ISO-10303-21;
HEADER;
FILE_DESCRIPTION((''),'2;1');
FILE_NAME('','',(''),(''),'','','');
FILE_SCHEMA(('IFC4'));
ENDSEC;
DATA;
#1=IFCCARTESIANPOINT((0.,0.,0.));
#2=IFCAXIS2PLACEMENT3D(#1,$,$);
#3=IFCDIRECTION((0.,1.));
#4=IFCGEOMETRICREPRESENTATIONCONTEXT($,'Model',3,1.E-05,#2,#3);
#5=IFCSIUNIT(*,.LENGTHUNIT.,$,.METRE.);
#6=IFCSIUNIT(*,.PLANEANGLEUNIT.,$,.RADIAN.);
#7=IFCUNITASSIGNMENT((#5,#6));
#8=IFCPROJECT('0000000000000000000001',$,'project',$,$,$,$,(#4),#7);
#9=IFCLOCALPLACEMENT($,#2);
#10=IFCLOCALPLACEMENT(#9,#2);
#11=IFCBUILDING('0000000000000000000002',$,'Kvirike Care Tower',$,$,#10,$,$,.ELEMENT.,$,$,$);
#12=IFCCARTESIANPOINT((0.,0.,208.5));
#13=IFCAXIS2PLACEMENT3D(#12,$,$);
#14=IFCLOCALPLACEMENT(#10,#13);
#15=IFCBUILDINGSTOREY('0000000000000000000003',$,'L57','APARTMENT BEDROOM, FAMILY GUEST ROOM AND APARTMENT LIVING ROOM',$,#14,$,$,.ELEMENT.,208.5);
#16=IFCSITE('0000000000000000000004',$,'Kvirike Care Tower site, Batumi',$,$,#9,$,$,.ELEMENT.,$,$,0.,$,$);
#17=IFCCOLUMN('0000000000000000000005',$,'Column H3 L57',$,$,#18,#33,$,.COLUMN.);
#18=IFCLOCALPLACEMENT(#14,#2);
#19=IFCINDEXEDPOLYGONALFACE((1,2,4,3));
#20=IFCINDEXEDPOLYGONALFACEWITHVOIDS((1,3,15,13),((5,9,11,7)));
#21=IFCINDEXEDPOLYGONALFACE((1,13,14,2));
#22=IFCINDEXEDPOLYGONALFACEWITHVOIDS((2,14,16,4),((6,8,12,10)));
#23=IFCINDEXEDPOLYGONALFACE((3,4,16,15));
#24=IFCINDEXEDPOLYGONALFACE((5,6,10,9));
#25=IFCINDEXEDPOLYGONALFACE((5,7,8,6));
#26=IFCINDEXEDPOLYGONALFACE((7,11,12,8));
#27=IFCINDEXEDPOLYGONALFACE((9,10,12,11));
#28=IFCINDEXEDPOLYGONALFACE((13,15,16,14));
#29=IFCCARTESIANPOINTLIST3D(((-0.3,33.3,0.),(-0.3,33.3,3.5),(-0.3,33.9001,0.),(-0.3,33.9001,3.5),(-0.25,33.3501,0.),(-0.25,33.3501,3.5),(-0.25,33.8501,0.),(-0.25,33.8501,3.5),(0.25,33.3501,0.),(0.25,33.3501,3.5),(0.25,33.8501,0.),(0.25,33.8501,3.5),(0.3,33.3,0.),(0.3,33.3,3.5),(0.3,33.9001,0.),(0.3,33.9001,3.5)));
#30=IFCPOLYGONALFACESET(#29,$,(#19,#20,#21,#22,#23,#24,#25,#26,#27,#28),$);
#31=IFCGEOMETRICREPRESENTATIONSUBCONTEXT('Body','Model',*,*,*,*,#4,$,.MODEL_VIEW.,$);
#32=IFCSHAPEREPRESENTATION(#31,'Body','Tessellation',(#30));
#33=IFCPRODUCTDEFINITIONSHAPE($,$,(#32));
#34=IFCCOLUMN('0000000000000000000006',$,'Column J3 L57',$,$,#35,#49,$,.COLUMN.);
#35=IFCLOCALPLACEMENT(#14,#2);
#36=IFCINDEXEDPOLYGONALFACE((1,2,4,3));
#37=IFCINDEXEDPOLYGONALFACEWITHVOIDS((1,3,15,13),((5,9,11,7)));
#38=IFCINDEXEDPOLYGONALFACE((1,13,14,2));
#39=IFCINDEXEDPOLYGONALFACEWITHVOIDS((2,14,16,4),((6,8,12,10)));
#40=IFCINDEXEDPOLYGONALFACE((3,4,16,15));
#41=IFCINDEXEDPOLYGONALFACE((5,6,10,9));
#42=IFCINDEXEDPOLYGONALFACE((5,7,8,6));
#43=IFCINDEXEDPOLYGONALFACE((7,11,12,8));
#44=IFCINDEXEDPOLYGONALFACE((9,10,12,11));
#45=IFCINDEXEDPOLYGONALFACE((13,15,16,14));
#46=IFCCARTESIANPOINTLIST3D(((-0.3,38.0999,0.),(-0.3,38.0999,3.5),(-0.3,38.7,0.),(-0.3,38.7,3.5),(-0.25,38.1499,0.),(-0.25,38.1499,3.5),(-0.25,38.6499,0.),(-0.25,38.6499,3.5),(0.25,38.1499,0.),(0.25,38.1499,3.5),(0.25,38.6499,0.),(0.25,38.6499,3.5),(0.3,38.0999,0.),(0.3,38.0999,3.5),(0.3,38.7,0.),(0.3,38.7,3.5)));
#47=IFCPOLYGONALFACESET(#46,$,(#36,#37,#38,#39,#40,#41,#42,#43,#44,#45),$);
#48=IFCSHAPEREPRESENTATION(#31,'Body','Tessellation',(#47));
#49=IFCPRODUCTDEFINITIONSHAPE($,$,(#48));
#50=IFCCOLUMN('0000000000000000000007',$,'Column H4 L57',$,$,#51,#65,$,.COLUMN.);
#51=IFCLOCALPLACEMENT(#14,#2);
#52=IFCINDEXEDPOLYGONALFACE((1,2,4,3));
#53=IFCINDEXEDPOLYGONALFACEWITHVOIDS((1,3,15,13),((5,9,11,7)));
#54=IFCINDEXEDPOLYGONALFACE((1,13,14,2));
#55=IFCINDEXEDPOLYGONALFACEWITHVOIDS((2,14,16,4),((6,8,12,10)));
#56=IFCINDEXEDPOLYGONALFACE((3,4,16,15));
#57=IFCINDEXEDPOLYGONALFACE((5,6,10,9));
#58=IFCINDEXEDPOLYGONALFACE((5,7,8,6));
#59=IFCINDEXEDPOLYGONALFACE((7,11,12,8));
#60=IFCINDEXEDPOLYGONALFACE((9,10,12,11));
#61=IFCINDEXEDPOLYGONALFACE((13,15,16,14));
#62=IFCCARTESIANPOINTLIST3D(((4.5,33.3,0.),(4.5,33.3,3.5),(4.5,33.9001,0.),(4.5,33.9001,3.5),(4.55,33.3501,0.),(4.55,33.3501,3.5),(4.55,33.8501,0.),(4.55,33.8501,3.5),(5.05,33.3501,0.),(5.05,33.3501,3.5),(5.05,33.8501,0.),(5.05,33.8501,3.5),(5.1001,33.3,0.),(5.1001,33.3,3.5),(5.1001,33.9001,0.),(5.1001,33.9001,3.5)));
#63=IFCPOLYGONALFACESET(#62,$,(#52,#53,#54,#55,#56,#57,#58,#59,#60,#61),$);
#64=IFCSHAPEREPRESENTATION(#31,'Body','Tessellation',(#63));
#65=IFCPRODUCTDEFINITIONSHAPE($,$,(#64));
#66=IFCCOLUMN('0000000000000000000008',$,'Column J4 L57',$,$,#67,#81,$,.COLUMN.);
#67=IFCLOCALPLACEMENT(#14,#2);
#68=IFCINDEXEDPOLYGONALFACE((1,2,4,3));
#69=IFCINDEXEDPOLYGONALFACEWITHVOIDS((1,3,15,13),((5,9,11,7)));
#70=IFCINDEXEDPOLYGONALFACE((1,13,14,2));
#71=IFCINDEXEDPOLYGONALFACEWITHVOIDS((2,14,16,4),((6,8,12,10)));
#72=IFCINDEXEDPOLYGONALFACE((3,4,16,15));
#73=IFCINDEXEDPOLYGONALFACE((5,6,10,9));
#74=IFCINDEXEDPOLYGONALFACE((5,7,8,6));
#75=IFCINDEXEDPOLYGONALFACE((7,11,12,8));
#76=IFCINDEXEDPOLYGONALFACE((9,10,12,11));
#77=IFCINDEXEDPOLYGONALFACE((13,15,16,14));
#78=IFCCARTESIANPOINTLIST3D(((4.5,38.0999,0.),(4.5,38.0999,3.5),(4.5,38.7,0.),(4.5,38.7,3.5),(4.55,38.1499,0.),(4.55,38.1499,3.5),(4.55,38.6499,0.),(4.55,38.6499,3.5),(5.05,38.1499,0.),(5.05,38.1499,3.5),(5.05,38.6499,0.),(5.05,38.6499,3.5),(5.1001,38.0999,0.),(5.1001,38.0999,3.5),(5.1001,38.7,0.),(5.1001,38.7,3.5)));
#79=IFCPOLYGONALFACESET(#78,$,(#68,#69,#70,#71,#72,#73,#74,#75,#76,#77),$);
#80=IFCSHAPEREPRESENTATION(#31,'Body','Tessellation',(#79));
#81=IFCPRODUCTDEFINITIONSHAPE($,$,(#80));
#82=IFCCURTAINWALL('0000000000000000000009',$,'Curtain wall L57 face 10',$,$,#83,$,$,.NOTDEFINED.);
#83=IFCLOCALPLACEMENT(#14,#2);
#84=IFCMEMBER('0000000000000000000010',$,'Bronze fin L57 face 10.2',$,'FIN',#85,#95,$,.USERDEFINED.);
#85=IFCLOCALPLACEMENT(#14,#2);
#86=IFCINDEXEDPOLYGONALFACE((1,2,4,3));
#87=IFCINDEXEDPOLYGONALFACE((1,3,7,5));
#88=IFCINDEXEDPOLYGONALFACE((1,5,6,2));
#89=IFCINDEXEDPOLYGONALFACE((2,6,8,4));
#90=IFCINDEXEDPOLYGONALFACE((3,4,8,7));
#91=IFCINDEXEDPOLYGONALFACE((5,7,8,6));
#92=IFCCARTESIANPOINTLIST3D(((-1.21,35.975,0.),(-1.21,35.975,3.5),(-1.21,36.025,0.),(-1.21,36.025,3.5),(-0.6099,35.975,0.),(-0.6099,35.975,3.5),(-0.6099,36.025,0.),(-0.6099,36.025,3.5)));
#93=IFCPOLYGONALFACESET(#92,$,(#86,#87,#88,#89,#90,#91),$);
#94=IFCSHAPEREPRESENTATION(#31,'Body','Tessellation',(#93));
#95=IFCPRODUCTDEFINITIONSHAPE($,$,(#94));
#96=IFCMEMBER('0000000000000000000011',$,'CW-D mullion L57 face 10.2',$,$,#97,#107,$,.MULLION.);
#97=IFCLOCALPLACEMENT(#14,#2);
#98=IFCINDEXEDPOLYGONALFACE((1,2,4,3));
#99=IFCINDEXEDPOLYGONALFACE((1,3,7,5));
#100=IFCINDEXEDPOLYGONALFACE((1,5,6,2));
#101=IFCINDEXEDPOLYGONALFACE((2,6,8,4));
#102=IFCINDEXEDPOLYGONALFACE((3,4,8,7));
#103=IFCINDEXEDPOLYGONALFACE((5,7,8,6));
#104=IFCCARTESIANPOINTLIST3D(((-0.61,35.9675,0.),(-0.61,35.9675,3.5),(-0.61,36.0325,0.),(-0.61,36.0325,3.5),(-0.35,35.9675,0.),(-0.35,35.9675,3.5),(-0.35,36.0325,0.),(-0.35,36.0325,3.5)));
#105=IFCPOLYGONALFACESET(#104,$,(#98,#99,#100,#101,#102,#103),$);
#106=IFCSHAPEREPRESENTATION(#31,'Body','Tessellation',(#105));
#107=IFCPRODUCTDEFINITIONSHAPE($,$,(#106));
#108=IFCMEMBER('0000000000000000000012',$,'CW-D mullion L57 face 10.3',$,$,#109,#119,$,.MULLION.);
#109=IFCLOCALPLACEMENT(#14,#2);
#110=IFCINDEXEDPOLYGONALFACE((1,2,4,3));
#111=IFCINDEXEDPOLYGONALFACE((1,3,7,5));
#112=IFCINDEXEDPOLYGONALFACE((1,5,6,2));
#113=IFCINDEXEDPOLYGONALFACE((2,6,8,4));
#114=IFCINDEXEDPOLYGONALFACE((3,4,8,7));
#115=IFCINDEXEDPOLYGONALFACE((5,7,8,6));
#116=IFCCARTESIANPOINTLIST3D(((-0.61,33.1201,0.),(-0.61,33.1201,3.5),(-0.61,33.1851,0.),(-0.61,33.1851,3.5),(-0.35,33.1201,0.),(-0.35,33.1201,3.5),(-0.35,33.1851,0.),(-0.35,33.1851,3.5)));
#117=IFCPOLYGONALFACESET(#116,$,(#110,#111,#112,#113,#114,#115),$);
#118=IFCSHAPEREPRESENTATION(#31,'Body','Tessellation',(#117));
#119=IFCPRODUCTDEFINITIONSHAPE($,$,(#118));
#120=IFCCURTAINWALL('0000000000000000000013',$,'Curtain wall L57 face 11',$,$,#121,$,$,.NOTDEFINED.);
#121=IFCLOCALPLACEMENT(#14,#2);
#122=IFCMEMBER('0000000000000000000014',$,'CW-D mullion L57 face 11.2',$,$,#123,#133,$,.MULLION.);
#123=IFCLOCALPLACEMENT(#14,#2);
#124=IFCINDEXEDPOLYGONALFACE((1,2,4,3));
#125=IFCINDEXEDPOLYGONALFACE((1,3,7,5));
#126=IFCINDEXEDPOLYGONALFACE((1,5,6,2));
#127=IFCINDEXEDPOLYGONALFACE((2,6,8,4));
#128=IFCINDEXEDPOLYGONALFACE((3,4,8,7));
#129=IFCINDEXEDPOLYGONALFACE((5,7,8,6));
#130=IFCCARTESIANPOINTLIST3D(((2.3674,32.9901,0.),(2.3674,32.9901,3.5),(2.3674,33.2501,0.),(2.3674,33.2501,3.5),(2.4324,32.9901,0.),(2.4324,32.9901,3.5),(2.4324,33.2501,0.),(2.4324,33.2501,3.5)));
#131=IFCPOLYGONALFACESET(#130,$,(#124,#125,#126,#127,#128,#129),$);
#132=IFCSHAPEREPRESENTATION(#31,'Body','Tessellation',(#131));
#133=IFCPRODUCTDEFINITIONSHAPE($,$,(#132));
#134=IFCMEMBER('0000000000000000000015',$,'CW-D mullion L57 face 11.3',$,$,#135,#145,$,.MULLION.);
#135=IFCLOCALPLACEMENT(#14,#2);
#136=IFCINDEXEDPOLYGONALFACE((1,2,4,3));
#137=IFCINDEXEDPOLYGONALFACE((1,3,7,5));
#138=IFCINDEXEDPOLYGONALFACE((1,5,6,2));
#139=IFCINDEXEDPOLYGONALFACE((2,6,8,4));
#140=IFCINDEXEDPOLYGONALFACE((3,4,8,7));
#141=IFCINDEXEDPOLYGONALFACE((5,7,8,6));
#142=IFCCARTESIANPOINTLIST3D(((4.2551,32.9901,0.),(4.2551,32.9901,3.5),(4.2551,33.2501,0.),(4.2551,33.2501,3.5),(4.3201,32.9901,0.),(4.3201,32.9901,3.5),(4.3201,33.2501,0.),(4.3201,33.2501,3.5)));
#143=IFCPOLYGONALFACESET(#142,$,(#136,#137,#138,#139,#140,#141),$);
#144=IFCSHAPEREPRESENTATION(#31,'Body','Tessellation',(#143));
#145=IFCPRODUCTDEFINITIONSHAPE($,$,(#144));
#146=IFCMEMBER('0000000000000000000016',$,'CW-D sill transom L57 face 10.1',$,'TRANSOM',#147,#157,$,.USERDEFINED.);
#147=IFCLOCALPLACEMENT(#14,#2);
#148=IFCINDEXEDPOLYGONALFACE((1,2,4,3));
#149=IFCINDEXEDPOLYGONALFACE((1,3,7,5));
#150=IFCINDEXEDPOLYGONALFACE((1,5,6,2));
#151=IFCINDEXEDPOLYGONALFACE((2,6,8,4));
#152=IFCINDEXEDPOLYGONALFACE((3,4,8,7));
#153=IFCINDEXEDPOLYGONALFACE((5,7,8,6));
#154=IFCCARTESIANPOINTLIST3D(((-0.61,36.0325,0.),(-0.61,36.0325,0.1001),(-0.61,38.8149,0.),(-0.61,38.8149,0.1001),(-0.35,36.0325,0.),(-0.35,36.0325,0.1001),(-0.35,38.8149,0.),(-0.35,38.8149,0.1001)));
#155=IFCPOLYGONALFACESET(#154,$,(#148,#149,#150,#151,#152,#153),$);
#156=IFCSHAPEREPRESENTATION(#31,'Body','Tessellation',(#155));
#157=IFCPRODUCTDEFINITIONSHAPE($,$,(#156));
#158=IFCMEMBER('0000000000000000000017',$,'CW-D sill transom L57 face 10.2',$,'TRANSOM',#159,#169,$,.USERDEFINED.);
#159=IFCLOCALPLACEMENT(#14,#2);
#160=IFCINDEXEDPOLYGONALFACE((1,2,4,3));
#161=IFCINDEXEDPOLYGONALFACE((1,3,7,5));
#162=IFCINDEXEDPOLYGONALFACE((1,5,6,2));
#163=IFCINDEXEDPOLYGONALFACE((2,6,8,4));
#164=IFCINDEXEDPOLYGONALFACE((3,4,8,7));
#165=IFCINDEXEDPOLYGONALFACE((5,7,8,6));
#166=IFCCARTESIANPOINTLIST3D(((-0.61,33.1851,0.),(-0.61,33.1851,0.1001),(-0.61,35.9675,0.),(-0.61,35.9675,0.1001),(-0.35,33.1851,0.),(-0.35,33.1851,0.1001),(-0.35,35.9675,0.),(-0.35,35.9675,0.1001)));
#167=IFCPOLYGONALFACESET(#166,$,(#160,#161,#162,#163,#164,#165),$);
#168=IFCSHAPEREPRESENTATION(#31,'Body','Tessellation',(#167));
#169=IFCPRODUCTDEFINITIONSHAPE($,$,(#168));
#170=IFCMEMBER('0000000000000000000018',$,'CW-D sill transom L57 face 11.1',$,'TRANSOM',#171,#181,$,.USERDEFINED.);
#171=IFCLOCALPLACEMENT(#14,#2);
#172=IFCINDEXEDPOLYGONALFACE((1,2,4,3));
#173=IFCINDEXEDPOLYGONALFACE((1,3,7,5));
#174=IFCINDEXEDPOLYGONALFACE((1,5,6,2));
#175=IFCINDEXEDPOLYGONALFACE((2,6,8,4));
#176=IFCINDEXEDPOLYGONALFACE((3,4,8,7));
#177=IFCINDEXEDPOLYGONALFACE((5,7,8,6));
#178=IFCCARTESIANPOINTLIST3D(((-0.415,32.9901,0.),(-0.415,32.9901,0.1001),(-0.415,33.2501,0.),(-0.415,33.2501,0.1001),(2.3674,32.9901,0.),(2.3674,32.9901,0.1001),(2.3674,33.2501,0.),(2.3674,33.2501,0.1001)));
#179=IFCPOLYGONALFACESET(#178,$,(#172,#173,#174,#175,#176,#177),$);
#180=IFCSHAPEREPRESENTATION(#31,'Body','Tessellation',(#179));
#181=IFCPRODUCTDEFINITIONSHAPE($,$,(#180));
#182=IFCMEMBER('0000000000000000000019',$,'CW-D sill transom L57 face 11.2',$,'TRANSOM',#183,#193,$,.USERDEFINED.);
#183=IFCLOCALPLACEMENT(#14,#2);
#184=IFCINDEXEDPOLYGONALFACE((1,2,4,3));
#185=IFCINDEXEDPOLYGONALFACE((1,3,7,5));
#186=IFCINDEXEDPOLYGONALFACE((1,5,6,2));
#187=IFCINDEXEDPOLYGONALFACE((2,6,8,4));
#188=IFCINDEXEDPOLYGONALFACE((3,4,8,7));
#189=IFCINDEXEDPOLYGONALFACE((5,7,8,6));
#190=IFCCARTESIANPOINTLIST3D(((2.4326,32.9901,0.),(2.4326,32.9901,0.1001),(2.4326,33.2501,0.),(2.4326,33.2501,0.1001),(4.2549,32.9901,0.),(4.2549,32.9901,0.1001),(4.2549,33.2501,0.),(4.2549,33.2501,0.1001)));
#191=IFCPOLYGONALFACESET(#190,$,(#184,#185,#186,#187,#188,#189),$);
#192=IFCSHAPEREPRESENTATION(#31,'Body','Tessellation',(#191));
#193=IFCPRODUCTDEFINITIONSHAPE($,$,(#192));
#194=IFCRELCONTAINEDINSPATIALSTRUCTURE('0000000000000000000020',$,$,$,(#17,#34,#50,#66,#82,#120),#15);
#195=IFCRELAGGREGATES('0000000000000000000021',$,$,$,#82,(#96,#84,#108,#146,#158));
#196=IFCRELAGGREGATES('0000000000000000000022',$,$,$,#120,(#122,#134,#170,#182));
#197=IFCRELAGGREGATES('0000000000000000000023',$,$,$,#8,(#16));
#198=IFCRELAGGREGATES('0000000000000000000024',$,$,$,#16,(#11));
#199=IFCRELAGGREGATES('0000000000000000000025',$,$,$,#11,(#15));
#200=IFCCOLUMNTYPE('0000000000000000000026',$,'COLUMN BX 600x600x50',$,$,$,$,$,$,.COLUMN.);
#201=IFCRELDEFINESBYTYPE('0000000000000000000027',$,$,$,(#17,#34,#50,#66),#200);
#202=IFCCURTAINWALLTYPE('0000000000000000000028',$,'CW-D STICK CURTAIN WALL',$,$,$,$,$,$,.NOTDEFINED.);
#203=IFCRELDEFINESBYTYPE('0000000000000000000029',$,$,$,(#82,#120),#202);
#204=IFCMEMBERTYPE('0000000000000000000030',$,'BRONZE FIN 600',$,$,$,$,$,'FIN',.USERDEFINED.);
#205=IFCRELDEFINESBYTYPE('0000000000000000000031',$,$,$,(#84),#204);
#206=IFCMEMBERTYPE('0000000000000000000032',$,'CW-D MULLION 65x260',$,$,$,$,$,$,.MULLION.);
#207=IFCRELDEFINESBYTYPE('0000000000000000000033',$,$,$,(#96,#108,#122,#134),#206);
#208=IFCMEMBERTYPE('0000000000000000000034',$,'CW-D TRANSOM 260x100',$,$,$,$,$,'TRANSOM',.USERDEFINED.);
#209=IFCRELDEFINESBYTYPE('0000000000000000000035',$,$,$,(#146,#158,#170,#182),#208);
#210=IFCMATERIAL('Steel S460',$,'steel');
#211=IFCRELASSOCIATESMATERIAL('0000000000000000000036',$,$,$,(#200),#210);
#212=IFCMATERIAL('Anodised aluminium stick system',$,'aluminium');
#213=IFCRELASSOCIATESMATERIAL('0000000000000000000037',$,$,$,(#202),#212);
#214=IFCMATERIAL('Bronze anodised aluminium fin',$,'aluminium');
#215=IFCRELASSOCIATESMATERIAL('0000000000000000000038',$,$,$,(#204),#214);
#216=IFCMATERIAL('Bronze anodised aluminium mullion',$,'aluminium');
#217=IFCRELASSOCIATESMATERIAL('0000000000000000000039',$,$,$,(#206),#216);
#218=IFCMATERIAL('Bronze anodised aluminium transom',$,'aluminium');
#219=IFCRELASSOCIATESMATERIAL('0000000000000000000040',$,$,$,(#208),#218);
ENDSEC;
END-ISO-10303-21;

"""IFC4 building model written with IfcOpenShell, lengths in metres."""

from ifc_helpers import new_model, si_unit, direction, frame, origin, origin_2d, place, context, subcontext, project, spatial, rectangle, hollow_rectangle, extrude, material, material_profile, profile_set, type_object, element, aggregate, save


model = new_model("IFC4")

# Units and contexts
model_context = context("Model", 3, precision=1e-05, world=origin(), true_north=direction((0.0, 1.0)))
body_context = subcontext(model_context, "Body", "Model", "MODEL_VIEW")
ifc_project = project(units=[si_unit("LENGTHUNIT", "METRE"), si_unit("PLANEANGLEUNIT", "RADIAN")], contexts=[model_context])

# Site, building, storey
site_placement = place(None, origin())
site = spatial("IfcSite", under=ifc_project, at=site_placement, Name="Kvirike Care Tower site, Batumi", CompositionType="ELEMENT", RefElevation=0.0)
building_placement = place(site_placement, origin())
building = spatial("IfcBuilding", under=site, at=building_placement, Name="Kvirike Care Tower", CompositionType="ELEMENT")
storey_placement = place(building_placement, frame((0.0, 0.0, 208.5)))
storey = spatial("IfcBuildingStorey", under=building, at=storey_placement, Name="L57", Description="APARTMENT BEDROOM, FAMILY GUEST ROOM AND APARTMENT LIVING ROOM", CompositionType="ELEMENT", Elevation=208.5)

# Columns
ifc_material_1 = material(Name="Steel S460", Category="steel")
ifc_material_profile_1 = material_profile(ifc_material_1, hollow_rectangle(XDim=0.6001, YDim=0.6001, WallThickness=0.05, at=origin_2d()), Name="BX 600x600x50")
ifc_profile_set_1 = profile_set([ifc_material_profile_1], Name="Steel S460")
column_type = type_object("IfcColumnType", Name="COLUMN BX 600x600x50", PredefinedType="COLUMN", material=ifc_profile_set_1)
for number, where, z_axis, x_axis, name in (
    (1, (0.0, 33.6001, 0.0), (0.0, 0.0, 1.0), (0.0, 1.0, 0.0), "Column H3 L57"),
    (2, (0.0, 38.3999, 0.0), (0.0, 0.0, 1.0), (0.0, 1.0, 0.0), "Column J3 L57"),
    (3, (4.8, 33.6001, 0.0), (0.0, 0.0, 1.0), (0.0, 1.0, 0.0), "Column H4 L57"),
    (4, (4.8, 38.3999, 0.0), (0.0, 0.0, 1.0), (0.0, 1.0, 0.0), "Column J4 L57"),
):
    element("IfcColumn", number, at=place(storey_placement, frame(where, z_axis=z_axis, x_axis=x_axis)), inside=storey, type_object=column_type, Name=name, PredefinedType="COLUMN", context=body_context, shape_type="SweptSolid", body=[
        extrude(hollow_rectangle(XDim=0.6001, YDim=0.6001, WallThickness=0.05, at=origin_2d()), origin(), (0.0, 0.0, 1.0), 3.5),
    ])

# Curtain walls, members
ifc_material_2 = material(Name="Anodised aluminium stick system", Category="aluminium")
curtain_wall_type = type_object("IfcCurtainWallType", Name="CW-D STICK CURTAIN WALL", PredefinedType="NOTDEFINED", material=ifc_material_2)
curtain_wall_1_placement = place(storey_placement, origin())
curtain_wall_1 = element("IfcCurtainWall", 5, at=curtain_wall_1_placement, inside=storey, type_object=curtain_wall_type, Name="Curtain wall L57 face 10", PredefinedType="NOTDEFINED")
ifc_material_3 = material(Name="Bronze anodised aluminium fin", Category="aluminium")
ifc_material_profile_2 = material_profile(ifc_material_3, rectangle(XDim=0.05, YDim=0.6001, at=origin_2d()), Name="BRONZE FIN 600")
ifc_profile_set_2 = profile_set([ifc_material_profile_2], Name="Bronze anodised aluminium fin")
member_type_1 = type_object("IfcMemberType", Name="BRONZE FIN 600", ElementType="FIN", PredefinedType="USERDEFINED", material=ifc_profile_set_2)
member_1_placement = place(storey_placement, frame((-0.9099, 36.0, 0.0), z_axis=(0.0, 0.0, 1.0), x_axis=(0.0, -1.0, 0.0)))
member_1 = element("IfcMember", 6, at=member_1_placement, type_object=member_type_1, Name="Bronze fin L57 face 10.2", ObjectType="FIN", PredefinedType="USERDEFINED", context=body_context, shape_type="SweptSolid", body=[
    extrude(rectangle(XDim=0.05, YDim=0.6001, at=origin_2d()), origin(), (0.0, 0.0, 1.0), 3.5),
])
ifc_material_4 = material(Name="Bronze anodised aluminium mullion", Category="aluminium")
ifc_material_profile_3 = material_profile(ifc_material_4, rectangle(XDim=0.0649, YDim=0.26, at=origin_2d()), Name="CW-D MULLION 65x260")
ifc_profile_set_3 = profile_set([ifc_material_profile_3], Name="Bronze anodised aluminium mullion")
member_type_2 = type_object("IfcMemberType", Name="CW-D MULLION 65x260", PredefinedType="MULLION", material=ifc_profile_set_3)
member_2_placement = place(storey_placement, frame((-0.48, 36.0, 0.0), z_axis=(0.0, 0.0, 1.0), x_axis=(0.0, -1.0, 0.0)))
member_2 = element("IfcMember", 7, at=member_2_placement, type_object=member_type_2, Name="CW-D mullion L57 face 10.2", PredefinedType="MULLION", context=body_context, shape_type="SweptSolid", body=[
    extrude(rectangle(XDim=0.0649, YDim=0.26, at=origin_2d()), origin(), (0.0, 0.0, 1.0), 3.5),
])
member_3_placement = place(storey_placement, frame((-0.48, 33.1526, 0.0), z_axis=(0.0, 0.0, 1.0), x_axis=(0.0, -1.0, 0.0)))
member_3 = element("IfcMember", 8, at=member_3_placement, type_object=member_type_2, Name="CW-D mullion L57 face 10.3", PredefinedType="MULLION", context=body_context, shape_type="SweptSolid", body=[
    extrude(rectangle(XDim=0.0649, YDim=0.26, at=origin_2d()), origin(), (0.0, 0.0, 1.0), 3.5),
])
curtain_wall_2_placement = place(storey_placement, origin())
curtain_wall_2 = element("IfcCurtainWall", 9, at=curtain_wall_2_placement, inside=storey, type_object=curtain_wall_type, Name="Curtain wall L57 face 11", PredefinedType="NOTDEFINED")
member_4_placement = place(storey_placement, frame((2.3999, 33.1201, 0.0), z_axis=(0.0, 0.0, 1.0), x_axis=(1.0, 0.0, 0.0)))
member_4 = element("IfcMember", 10, at=member_4_placement, type_object=member_type_2, Name="CW-D mullion L57 face 11.2", PredefinedType="MULLION", context=body_context, shape_type="SweptSolid", body=[
    extrude(rectangle(XDim=0.0649, YDim=0.26, at=origin_2d()), origin(), (0.0, 0.0, 1.0), 3.5),
])
member_5_placement = place(storey_placement, frame((4.2876, 33.1201, 0.0), z_axis=(0.0, 0.0, 1.0), x_axis=(1.0, 0.0, 0.0)))
member_5 = element("IfcMember", 11, at=member_5_placement, type_object=member_type_2, Name="CW-D mullion L57 face 11.3", PredefinedType="MULLION", context=body_context, shape_type="SweptSolid", body=[
    extrude(rectangle(XDim=0.0649, YDim=0.26, at=origin_2d()), origin(), (0.0, 0.0, 1.0), 3.5),
])

# Members
ifc_material_5 = material(Name="Bronze anodised aluminium transom", Category="aluminium")
ifc_material_profile_4 = material_profile(ifc_material_5, rectangle(XDim=0.26, YDim=0.1001, at=origin_2d()), Name="CW-D TRANSOM 260x100")
ifc_profile_set_4 = profile_set([ifc_material_profile_4], Name="Bronze anodised aluminium transom")
member_type_3 = type_object("IfcMemberType", Name="CW-D TRANSOM 260x100", ElementType="TRANSOM", PredefinedType="USERDEFINED", material=ifc_profile_set_4)
member_6_placement = place(storey_placement, frame((-0.48, 38.8149, 0.05), z_axis=(0.0, -1.0, 0.0), x_axis=(1.0, 0.0, 0.0)))
member_6 = element("IfcMember", 12, at=member_6_placement, type_object=member_type_3, Name="CW-D sill transom L57 face 10.1", ObjectType="TRANSOM", PredefinedType="USERDEFINED", context=body_context, shape_type="SweptSolid", body=[
    extrude(rectangle(XDim=0.26, YDim=0.1001, at=origin_2d()), origin(), (0.0, 0.0, 1.0), 2.7825),
])
member_7_placement = place(storey_placement, frame((-0.48, 35.9675, 0.05), z_axis=(0.0, -1.0, 0.0), x_axis=(1.0, 0.0, 0.0)))
member_7 = element("IfcMember", 13, at=member_7_placement, type_object=member_type_3, Name="CW-D sill transom L57 face 10.2", ObjectType="TRANSOM", PredefinedType="USERDEFINED", context=body_context, shape_type="SweptSolid", body=[
    extrude(rectangle(XDim=0.26, YDim=0.1001, at=origin_2d()), origin(), (0.0, 0.0, 1.0), 2.7825),
])
member_8_placement = place(storey_placement, frame((-0.415, 33.1201, 0.05), z_axis=(1.0, 0.0, 0.0), x_axis=(0.0, 1.0, 0.0)))
member_8 = element("IfcMember", 14, at=member_8_placement, type_object=member_type_3, Name="CW-D sill transom L57 face 11.1", ObjectType="TRANSOM", PredefinedType="USERDEFINED", context=body_context, shape_type="SweptSolid", body=[
    extrude(rectangle(XDim=0.26, YDim=0.1001, at=origin_2d()), origin(), (0.0, 0.0, 1.0), 2.7825),
])
member_9_placement = place(storey_placement, frame((2.4326, 33.1201, 0.05), z_axis=(1.0, 0.0, 0.0), x_axis=(0.0, 1.0, 0.0)))
member_9 = element("IfcMember", 15, at=member_9_placement, type_object=member_type_3, Name="CW-D sill transom L57 face 11.2", ObjectType="TRANSOM", PredefinedType="USERDEFINED", context=body_context, shape_type="SweptSolid", body=[
    extrude(rectangle(XDim=0.26, YDim=0.1001, at=origin_2d()), origin(), (0.0, 0.0, 1.0), 1.8223),
])

aggregate(curtain_wall_1, [member_2, member_1, member_3, member_6, member_7])
aggregate(curtain_wall_2, [member_4, member_5, member_8, member_9])

save(model, "model.ifc")
